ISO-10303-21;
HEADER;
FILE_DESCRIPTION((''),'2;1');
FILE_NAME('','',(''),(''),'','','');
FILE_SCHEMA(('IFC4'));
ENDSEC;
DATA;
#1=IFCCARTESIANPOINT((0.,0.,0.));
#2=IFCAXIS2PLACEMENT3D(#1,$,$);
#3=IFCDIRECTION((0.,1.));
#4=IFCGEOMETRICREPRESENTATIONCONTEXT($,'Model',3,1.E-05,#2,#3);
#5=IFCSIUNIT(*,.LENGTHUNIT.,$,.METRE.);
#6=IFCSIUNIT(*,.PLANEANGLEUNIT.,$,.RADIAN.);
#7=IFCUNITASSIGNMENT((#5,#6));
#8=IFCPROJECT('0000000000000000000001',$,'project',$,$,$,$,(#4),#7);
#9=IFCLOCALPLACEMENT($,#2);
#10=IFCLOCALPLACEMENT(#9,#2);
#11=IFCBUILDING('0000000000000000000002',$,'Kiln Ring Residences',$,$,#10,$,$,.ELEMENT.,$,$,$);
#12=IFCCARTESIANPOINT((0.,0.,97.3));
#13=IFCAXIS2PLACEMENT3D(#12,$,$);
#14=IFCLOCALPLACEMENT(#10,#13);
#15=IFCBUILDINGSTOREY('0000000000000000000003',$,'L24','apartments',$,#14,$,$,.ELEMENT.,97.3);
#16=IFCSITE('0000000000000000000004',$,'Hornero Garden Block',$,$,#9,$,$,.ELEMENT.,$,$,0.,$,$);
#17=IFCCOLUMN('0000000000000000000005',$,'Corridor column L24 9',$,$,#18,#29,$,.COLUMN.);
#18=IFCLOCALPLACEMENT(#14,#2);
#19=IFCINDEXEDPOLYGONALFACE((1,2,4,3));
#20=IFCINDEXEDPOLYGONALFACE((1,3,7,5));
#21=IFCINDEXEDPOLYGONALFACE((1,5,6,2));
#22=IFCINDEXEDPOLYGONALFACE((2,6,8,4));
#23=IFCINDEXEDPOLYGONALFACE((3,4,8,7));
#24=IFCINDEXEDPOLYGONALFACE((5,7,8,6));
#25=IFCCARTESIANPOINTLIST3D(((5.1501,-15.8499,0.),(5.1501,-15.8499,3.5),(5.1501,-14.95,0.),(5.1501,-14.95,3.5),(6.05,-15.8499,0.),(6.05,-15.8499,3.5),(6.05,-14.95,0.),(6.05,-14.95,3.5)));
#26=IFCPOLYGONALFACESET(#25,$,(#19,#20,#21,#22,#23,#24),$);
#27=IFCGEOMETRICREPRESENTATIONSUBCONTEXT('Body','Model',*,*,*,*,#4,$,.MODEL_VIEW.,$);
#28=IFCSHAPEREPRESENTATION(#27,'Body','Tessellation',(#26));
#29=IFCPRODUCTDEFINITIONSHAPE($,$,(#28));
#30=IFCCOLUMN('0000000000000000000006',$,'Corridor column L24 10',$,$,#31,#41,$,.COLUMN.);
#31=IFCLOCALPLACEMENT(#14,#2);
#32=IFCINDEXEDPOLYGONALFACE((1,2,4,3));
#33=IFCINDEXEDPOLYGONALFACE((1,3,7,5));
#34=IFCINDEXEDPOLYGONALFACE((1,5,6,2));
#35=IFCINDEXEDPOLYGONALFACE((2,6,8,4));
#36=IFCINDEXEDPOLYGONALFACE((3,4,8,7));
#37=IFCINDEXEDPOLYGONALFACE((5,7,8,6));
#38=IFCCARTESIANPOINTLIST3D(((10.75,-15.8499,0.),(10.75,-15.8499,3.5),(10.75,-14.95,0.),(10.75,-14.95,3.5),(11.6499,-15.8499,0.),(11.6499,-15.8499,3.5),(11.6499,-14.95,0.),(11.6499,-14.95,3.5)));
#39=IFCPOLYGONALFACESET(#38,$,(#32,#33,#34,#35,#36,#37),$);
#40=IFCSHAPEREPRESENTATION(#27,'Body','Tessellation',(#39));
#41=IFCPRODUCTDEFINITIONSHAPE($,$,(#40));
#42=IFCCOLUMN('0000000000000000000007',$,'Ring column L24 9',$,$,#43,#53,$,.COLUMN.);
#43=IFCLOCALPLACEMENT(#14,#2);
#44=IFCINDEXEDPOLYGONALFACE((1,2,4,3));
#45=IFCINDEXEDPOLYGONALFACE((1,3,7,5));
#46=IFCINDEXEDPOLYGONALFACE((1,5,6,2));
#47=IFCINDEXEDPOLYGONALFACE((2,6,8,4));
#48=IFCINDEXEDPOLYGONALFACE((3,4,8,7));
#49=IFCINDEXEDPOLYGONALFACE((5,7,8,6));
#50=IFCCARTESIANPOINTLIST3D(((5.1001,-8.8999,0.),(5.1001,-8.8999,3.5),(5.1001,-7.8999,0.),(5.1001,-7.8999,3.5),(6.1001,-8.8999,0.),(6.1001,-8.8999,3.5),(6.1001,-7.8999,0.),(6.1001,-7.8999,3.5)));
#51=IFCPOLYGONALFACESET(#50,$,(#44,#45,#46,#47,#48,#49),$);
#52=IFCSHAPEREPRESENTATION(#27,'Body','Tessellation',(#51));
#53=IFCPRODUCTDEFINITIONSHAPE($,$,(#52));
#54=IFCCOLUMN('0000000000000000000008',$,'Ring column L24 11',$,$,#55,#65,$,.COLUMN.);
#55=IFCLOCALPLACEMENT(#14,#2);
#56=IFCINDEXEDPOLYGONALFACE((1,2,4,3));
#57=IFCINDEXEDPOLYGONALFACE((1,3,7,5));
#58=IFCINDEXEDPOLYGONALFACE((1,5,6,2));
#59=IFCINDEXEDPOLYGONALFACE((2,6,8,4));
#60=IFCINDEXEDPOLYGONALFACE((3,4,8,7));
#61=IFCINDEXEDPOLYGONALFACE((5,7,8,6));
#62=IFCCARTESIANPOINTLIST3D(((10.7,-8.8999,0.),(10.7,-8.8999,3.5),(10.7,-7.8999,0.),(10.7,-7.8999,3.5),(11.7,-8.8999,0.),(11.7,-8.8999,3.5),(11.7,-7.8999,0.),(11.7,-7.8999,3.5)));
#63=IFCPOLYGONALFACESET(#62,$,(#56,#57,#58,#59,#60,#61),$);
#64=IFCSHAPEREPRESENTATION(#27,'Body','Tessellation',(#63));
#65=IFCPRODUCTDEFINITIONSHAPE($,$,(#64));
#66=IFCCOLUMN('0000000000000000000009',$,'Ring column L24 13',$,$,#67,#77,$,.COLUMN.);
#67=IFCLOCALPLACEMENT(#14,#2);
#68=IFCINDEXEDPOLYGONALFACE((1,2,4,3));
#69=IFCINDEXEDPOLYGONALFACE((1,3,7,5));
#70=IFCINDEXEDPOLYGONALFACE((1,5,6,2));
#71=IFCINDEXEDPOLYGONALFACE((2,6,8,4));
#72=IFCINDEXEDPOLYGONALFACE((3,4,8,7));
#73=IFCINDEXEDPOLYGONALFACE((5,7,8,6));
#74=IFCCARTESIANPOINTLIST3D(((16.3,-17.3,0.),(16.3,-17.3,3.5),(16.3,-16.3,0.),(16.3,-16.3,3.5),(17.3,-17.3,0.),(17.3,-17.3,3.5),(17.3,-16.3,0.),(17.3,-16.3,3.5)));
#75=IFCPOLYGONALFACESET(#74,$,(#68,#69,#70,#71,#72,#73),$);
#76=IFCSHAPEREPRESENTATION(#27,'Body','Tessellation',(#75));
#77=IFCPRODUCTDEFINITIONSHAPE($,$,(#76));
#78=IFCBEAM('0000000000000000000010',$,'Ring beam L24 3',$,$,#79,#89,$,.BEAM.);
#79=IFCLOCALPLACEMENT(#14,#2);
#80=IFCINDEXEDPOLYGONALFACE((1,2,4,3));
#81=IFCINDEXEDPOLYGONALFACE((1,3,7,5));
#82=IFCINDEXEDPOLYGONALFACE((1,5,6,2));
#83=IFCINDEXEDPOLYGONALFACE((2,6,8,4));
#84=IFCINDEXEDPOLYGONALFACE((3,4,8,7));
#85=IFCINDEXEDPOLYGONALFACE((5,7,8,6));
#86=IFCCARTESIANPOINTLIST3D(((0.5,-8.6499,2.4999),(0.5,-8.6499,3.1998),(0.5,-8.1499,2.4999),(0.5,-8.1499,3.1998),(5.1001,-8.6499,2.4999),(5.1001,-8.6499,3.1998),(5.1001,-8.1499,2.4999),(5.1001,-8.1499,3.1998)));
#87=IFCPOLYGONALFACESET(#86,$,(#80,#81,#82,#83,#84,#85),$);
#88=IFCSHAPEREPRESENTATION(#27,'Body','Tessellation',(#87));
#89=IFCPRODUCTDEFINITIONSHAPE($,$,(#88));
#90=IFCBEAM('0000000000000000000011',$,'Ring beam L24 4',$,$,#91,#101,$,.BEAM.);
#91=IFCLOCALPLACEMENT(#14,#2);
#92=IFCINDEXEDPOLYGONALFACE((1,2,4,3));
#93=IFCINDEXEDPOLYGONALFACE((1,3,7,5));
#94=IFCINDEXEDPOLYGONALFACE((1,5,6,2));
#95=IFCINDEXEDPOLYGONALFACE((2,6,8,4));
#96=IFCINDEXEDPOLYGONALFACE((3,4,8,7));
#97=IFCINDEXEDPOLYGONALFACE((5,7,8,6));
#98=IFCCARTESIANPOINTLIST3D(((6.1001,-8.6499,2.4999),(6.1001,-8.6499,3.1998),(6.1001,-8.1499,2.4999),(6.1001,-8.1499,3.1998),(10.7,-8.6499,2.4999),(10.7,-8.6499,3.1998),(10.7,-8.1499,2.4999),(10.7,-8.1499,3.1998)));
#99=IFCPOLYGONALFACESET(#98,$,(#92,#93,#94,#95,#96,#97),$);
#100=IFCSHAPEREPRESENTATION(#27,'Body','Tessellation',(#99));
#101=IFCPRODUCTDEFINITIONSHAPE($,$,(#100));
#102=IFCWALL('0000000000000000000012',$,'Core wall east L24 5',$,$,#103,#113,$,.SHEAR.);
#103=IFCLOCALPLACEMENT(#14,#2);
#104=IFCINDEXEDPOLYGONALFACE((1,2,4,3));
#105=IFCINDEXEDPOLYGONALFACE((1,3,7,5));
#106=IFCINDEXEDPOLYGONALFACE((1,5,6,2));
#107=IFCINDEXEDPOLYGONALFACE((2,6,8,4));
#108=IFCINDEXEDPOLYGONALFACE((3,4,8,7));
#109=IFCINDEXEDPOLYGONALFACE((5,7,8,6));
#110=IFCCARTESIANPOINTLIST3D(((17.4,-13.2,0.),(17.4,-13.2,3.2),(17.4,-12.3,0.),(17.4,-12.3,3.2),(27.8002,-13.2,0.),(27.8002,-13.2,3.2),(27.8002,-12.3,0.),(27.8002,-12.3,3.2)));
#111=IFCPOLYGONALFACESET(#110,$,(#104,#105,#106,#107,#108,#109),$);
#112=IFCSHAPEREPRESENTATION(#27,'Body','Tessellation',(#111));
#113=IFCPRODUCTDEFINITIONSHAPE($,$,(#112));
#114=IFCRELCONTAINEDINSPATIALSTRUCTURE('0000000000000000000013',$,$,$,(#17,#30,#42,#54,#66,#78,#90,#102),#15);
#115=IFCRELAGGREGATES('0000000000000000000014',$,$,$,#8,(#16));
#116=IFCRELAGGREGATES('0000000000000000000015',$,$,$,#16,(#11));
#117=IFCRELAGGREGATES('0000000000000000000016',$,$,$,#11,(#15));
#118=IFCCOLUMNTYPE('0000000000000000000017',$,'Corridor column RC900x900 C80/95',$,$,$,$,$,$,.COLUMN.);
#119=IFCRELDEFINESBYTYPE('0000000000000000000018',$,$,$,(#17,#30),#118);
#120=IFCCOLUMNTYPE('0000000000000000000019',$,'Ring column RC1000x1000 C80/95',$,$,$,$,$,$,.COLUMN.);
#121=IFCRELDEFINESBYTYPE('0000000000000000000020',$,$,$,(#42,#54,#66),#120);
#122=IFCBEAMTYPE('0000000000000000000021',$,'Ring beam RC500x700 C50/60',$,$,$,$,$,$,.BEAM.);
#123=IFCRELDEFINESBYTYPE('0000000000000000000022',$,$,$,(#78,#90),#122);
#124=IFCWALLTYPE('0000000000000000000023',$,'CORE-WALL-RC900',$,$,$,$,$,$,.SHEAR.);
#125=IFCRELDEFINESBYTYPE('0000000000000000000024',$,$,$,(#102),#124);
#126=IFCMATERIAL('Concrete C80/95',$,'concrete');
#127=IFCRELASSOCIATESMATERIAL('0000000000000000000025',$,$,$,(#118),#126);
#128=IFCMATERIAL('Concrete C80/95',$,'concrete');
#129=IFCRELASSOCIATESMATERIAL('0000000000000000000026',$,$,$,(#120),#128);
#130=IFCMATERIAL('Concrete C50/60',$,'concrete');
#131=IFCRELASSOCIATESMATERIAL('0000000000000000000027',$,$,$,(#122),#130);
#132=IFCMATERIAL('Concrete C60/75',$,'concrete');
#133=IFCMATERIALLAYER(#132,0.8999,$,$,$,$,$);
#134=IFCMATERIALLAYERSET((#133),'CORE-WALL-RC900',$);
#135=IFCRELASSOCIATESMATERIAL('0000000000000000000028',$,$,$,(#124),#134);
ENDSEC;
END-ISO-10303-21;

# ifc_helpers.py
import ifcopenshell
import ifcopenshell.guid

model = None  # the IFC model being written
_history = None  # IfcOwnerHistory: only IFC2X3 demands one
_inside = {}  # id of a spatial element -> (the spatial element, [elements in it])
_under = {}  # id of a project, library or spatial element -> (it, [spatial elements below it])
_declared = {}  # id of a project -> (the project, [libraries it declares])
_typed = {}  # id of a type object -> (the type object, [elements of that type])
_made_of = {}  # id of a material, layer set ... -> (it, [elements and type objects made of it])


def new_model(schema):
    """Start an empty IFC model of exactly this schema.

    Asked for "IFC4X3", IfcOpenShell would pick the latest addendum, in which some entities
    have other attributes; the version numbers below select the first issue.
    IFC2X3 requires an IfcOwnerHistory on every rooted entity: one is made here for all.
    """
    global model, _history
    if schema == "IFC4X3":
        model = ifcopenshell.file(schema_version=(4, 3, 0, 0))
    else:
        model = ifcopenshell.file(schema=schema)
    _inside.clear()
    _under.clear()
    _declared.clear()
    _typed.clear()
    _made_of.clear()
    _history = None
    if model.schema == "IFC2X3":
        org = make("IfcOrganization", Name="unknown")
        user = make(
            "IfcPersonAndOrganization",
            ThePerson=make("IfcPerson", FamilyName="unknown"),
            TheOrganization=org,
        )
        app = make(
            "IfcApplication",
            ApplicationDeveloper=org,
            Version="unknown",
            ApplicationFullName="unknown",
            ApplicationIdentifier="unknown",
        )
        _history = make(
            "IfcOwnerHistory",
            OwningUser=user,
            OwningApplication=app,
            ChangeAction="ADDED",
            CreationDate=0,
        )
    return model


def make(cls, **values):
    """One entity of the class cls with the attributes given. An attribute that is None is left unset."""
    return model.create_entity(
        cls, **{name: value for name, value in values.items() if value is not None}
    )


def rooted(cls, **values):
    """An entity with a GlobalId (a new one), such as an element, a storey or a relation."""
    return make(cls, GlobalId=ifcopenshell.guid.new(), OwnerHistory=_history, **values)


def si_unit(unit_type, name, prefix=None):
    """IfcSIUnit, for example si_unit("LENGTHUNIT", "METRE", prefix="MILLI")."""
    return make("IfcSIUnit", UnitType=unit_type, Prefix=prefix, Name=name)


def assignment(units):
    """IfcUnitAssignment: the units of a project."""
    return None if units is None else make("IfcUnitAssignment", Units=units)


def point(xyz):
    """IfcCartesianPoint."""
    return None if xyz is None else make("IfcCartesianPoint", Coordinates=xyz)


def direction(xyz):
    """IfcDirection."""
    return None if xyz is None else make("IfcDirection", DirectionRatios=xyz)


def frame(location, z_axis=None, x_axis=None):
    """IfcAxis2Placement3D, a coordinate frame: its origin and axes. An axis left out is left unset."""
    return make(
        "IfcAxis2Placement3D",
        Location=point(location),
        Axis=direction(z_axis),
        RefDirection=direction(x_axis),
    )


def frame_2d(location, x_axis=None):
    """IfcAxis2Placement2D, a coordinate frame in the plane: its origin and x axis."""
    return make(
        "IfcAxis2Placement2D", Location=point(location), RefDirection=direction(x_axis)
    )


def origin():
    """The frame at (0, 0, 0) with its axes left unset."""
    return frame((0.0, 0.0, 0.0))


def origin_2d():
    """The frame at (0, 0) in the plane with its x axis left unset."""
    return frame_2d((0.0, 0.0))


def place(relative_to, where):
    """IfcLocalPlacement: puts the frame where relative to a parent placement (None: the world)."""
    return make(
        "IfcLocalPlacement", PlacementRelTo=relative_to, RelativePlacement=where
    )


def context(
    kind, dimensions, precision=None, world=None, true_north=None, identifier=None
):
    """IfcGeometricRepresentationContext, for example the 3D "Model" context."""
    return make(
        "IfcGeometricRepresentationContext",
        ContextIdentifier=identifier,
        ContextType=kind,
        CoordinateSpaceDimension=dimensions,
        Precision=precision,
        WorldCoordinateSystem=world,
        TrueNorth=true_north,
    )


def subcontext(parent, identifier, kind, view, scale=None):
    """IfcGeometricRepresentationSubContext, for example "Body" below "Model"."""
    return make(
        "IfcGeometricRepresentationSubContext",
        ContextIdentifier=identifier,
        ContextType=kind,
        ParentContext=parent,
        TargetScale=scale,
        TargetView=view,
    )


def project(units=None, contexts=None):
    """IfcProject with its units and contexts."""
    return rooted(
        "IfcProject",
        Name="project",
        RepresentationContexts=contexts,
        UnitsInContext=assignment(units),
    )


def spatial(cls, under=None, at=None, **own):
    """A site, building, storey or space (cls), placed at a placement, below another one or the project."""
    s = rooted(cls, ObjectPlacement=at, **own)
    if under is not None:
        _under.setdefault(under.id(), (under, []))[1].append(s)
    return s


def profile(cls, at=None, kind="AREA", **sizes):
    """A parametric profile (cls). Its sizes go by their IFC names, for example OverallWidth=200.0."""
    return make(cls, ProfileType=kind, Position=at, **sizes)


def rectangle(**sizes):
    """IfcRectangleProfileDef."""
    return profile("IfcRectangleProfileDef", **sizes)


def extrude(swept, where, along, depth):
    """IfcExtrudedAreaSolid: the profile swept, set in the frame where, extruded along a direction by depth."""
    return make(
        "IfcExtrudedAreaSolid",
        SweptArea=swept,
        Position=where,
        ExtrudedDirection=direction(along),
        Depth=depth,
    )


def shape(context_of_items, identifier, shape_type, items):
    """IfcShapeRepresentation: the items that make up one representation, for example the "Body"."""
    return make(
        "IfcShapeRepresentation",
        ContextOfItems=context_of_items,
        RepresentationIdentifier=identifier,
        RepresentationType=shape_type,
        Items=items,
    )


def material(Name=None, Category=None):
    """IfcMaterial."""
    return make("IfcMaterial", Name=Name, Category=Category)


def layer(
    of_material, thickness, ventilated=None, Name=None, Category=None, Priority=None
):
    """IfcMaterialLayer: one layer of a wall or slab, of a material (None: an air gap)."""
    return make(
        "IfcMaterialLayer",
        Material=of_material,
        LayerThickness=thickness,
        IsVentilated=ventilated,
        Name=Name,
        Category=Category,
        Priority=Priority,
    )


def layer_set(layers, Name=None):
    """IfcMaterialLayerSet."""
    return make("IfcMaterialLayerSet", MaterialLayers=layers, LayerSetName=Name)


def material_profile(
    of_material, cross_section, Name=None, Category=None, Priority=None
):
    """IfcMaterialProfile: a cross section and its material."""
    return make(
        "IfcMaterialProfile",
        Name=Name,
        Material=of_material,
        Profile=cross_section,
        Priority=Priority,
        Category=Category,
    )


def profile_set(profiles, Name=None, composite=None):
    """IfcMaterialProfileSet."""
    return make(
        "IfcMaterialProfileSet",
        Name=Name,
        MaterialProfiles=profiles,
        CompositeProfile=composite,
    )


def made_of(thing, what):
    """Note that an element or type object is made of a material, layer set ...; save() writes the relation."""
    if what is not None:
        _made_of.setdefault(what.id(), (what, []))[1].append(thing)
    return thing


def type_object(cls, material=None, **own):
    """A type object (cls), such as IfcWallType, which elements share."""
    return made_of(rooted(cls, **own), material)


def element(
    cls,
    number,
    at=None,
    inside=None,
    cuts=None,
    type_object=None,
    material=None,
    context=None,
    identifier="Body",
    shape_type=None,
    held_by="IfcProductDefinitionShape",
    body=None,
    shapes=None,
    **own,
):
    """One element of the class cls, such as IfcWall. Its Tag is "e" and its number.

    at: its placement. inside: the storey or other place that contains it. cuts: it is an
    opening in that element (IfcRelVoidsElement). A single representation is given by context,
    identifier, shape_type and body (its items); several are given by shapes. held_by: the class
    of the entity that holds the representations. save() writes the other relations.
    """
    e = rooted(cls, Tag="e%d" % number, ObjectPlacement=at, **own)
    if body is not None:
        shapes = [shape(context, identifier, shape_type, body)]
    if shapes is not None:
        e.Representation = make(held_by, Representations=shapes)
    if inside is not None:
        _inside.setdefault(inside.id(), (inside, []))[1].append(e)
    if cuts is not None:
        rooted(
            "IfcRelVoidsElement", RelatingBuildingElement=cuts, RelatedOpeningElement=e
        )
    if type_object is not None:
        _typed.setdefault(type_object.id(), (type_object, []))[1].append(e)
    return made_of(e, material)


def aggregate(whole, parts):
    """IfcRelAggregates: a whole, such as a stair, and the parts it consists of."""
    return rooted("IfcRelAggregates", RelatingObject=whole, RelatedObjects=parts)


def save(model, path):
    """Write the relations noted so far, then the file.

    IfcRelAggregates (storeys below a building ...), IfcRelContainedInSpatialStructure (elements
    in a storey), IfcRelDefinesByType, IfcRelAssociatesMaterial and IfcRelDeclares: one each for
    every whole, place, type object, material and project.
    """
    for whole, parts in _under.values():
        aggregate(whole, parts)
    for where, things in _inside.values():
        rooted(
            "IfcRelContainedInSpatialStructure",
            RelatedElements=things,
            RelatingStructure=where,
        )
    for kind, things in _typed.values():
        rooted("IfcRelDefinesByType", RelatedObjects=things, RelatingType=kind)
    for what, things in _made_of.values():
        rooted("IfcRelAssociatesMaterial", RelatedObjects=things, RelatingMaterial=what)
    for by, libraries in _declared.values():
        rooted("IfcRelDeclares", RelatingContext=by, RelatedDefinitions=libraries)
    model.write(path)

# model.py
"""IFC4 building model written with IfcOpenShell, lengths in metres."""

from ifc_helpers import new_model, si_unit, direction, frame, frame_2d, origin, origin_2d, place, context, subcontext, project, spatial, rectangle, extrude, material, layer, layer_set, material_profile, profile_set, type_object, element, save


model = new_model("IFC4")

# Units and contexts
model_context = context("Model", 3, precision=1e-05, world=origin(), true_north=direction((0.0, 1.0)))
body_context = subcontext(model_context, "Body", "Model", "MODEL_VIEW")
ifc_project = project(units=[si_unit("LENGTHUNIT", "METRE"), si_unit("PLANEANGLEUNIT", "RADIAN")], contexts=[model_context])

# Site, building, storey
site_placement = place(None, origin())
site = spatial("IfcSite", under=ifc_project, at=site_placement, Name="Hornero Garden Block", CompositionType="ELEMENT", RefElevation=0.0)
building_placement = place(site_placement, origin())
building = spatial("IfcBuilding", under=site, at=building_placement, Name="Kiln Ring Residences", CompositionType="ELEMENT")
storey_placement = place(building_placement, frame((0.0, 0.0, 97.3)))
storey = spatial("IfcBuildingStorey", under=building, at=storey_placement, Name="L24", Description="apartments", CompositionType="ELEMENT", Elevation=97.3)

# Columns
ifc_material_1 = material(Name="Concrete C80/95", Category="concrete")
ifc_material_profile_1 = material_profile(ifc_material_1, rectangle(XDim=0.8999, YDim=0.8999, at=origin_2d()), Name="RC900x900")
ifc_profile_set_1 = profile_set([ifc_material_profile_1], Name="Concrete C80/95")
column_type_1 = type_object("IfcColumnType", Name="Corridor column RC900x900 C80/95", PredefinedType="COLUMN", material=ifc_profile_set_1)
for number, where, z_axis, x_axis, name in (
    (1, (5.6001, -15.3999, 0.0), (0.0, 0.0, 1.0), (1.0, 0.0, 0.0), "Corridor column L24 9"),
    (2, (11.2, -15.3999, 0.0), (0.0, 0.0, 1.0), (1.0, 0.0, 0.0), "Corridor column L24 10"),
):
    element("IfcColumn", number, at=place(storey_placement, frame(where, z_axis=z_axis, x_axis=x_axis)), inside=storey, type_object=column_type_1, Name=name, PredefinedType="COLUMN", context=body_context, shape_type="SweptSolid", body=[
        extrude(rectangle(XDim=0.8999, YDim=0.8999, at=origin_2d()), origin(), (0.0, 0.0, 1.0), 3.5),
    ])
ifc_material_2 = material(Name="Concrete C80/95", Category="concrete")
ifc_material_profile_2 = material_profile(ifc_material_2, rectangle(XDim=1.0, YDim=1.0, at=origin_2d()), Name="RC1000x1000")
ifc_profile_set_2 = profile_set([ifc_material_profile_2], Name="Concrete C80/95")
column_type_2 = type_object("IfcColumnType", Name="Ring column RC1000x1000 C80/95", PredefinedType="COLUMN", material=ifc_profile_set_2)
for number, where, z_axis, x_axis, name in (
    (3, (5.6001, -8.3999, 0.0), (0.0, 0.0, 1.0), (1.0, 0.0, 0.0), "Ring column L24 9"),
    (4, (11.2, -8.3999, 0.0), (0.0, 0.0, 1.0), (1.0, 0.0, 0.0), "Ring column L24 11"),
    (5, (16.8, -16.8, 0.0), (0.0, 0.0, 1.0), (1.0, 0.0, 0.0), "Ring column L24 13"),
):
    element("IfcColumn", number, at=place(storey_placement, frame(where, z_axis=z_axis, x_axis=x_axis)), inside=storey, type_object=column_type_2, Name=name, PredefinedType="COLUMN", context=body_context, shape_type="SweptSolid", body=[
        extrude(rectangle(XDim=1.0, YDim=1.0, at=origin_2d()), origin(), (0.0, 0.0, 1.0), 3.5),
    ])

# Beams
ifc_material_3 = material(Name="Concrete C50/60", Category="concrete")
ifc_material_profile_3 = material_profile(ifc_material_3, rectangle(XDim=0.5, YDim=0.7, at=origin_2d()), Name="RC500x700")
ifc_profile_set_3 = profile_set([ifc_material_profile_3], Name="Concrete C50/60")
beam_type = type_object("IfcBeamType", Name="Ring beam RC500x700 C50/60", PredefinedType="BEAM", material=ifc_profile_set_3)
beam_1_placement = place(storey_placement, frame((0.5, -8.3999, 2.8499), z_axis=(1.0, 0.0, 0.0), x_axis=(0.0, 1.0, 0.0)))
element("IfcBeam", 6, at=beam_1_placement, inside=storey, type_object=beam_type, Name="Ring beam L24 3", PredefinedType="BEAM", context=body_context, shape_type="SweptSolid", body=[
    extrude(rectangle(XDim=0.5, YDim=0.7, at=origin_2d()), origin(), (0.0, 0.0, 1.0), 4.6001),
])
beam_2_placement = place(storey_placement, frame((6.1001, -8.3999, 2.8499), z_axis=(1.0, 0.0, 0.0), x_axis=(0.0, 1.0, 0.0)))
element("IfcBeam", 7, at=beam_2_placement, inside=storey, type_object=beam_type, Name="Ring beam L24 4", PredefinedType="BEAM", context=body_context, shape_type="SweptSolid", body=[
    extrude(rectangle(XDim=0.5, YDim=0.7, at=origin_2d()), origin(), (0.0, 0.0, 1.0), 4.5999),
])

# Wall
ifc_material_4 = material(Name="Concrete C60/75", Category="concrete")
ifc_layer_1 = layer(ifc_material_4, 0.8999)
ifc_layer_set_1 = layer_set([ifc_layer_1], Name="CORE-WALL-RC900")
wall_type_1 = type_object("IfcWallType", Name="CORE-WALL-RC900", PredefinedType="SHEAR", material=ifc_layer_set_1)
wall_1_placement = place(storey_placement, frame((17.3999, -12.75, 0.0), z_axis=(0.0, 0.0, 1.0), x_axis=(1.0, 0.0, 0.0)))
element("IfcWall", 8, at=wall_1_placement, inside=storey, type_object=wall_type_1, Name="Core wall east L24 5", PredefinedType="SHEAR", context=body_context, shape_type="SweptSolid", body=[
    extrude(rectangle(XDim=10.4001, YDim=0.8999, at=frame_2d((5.2002, 0.0))), origin(), (0.0, 0.0, 1.0), 3.2),
])

save(model, "model.ifc")
